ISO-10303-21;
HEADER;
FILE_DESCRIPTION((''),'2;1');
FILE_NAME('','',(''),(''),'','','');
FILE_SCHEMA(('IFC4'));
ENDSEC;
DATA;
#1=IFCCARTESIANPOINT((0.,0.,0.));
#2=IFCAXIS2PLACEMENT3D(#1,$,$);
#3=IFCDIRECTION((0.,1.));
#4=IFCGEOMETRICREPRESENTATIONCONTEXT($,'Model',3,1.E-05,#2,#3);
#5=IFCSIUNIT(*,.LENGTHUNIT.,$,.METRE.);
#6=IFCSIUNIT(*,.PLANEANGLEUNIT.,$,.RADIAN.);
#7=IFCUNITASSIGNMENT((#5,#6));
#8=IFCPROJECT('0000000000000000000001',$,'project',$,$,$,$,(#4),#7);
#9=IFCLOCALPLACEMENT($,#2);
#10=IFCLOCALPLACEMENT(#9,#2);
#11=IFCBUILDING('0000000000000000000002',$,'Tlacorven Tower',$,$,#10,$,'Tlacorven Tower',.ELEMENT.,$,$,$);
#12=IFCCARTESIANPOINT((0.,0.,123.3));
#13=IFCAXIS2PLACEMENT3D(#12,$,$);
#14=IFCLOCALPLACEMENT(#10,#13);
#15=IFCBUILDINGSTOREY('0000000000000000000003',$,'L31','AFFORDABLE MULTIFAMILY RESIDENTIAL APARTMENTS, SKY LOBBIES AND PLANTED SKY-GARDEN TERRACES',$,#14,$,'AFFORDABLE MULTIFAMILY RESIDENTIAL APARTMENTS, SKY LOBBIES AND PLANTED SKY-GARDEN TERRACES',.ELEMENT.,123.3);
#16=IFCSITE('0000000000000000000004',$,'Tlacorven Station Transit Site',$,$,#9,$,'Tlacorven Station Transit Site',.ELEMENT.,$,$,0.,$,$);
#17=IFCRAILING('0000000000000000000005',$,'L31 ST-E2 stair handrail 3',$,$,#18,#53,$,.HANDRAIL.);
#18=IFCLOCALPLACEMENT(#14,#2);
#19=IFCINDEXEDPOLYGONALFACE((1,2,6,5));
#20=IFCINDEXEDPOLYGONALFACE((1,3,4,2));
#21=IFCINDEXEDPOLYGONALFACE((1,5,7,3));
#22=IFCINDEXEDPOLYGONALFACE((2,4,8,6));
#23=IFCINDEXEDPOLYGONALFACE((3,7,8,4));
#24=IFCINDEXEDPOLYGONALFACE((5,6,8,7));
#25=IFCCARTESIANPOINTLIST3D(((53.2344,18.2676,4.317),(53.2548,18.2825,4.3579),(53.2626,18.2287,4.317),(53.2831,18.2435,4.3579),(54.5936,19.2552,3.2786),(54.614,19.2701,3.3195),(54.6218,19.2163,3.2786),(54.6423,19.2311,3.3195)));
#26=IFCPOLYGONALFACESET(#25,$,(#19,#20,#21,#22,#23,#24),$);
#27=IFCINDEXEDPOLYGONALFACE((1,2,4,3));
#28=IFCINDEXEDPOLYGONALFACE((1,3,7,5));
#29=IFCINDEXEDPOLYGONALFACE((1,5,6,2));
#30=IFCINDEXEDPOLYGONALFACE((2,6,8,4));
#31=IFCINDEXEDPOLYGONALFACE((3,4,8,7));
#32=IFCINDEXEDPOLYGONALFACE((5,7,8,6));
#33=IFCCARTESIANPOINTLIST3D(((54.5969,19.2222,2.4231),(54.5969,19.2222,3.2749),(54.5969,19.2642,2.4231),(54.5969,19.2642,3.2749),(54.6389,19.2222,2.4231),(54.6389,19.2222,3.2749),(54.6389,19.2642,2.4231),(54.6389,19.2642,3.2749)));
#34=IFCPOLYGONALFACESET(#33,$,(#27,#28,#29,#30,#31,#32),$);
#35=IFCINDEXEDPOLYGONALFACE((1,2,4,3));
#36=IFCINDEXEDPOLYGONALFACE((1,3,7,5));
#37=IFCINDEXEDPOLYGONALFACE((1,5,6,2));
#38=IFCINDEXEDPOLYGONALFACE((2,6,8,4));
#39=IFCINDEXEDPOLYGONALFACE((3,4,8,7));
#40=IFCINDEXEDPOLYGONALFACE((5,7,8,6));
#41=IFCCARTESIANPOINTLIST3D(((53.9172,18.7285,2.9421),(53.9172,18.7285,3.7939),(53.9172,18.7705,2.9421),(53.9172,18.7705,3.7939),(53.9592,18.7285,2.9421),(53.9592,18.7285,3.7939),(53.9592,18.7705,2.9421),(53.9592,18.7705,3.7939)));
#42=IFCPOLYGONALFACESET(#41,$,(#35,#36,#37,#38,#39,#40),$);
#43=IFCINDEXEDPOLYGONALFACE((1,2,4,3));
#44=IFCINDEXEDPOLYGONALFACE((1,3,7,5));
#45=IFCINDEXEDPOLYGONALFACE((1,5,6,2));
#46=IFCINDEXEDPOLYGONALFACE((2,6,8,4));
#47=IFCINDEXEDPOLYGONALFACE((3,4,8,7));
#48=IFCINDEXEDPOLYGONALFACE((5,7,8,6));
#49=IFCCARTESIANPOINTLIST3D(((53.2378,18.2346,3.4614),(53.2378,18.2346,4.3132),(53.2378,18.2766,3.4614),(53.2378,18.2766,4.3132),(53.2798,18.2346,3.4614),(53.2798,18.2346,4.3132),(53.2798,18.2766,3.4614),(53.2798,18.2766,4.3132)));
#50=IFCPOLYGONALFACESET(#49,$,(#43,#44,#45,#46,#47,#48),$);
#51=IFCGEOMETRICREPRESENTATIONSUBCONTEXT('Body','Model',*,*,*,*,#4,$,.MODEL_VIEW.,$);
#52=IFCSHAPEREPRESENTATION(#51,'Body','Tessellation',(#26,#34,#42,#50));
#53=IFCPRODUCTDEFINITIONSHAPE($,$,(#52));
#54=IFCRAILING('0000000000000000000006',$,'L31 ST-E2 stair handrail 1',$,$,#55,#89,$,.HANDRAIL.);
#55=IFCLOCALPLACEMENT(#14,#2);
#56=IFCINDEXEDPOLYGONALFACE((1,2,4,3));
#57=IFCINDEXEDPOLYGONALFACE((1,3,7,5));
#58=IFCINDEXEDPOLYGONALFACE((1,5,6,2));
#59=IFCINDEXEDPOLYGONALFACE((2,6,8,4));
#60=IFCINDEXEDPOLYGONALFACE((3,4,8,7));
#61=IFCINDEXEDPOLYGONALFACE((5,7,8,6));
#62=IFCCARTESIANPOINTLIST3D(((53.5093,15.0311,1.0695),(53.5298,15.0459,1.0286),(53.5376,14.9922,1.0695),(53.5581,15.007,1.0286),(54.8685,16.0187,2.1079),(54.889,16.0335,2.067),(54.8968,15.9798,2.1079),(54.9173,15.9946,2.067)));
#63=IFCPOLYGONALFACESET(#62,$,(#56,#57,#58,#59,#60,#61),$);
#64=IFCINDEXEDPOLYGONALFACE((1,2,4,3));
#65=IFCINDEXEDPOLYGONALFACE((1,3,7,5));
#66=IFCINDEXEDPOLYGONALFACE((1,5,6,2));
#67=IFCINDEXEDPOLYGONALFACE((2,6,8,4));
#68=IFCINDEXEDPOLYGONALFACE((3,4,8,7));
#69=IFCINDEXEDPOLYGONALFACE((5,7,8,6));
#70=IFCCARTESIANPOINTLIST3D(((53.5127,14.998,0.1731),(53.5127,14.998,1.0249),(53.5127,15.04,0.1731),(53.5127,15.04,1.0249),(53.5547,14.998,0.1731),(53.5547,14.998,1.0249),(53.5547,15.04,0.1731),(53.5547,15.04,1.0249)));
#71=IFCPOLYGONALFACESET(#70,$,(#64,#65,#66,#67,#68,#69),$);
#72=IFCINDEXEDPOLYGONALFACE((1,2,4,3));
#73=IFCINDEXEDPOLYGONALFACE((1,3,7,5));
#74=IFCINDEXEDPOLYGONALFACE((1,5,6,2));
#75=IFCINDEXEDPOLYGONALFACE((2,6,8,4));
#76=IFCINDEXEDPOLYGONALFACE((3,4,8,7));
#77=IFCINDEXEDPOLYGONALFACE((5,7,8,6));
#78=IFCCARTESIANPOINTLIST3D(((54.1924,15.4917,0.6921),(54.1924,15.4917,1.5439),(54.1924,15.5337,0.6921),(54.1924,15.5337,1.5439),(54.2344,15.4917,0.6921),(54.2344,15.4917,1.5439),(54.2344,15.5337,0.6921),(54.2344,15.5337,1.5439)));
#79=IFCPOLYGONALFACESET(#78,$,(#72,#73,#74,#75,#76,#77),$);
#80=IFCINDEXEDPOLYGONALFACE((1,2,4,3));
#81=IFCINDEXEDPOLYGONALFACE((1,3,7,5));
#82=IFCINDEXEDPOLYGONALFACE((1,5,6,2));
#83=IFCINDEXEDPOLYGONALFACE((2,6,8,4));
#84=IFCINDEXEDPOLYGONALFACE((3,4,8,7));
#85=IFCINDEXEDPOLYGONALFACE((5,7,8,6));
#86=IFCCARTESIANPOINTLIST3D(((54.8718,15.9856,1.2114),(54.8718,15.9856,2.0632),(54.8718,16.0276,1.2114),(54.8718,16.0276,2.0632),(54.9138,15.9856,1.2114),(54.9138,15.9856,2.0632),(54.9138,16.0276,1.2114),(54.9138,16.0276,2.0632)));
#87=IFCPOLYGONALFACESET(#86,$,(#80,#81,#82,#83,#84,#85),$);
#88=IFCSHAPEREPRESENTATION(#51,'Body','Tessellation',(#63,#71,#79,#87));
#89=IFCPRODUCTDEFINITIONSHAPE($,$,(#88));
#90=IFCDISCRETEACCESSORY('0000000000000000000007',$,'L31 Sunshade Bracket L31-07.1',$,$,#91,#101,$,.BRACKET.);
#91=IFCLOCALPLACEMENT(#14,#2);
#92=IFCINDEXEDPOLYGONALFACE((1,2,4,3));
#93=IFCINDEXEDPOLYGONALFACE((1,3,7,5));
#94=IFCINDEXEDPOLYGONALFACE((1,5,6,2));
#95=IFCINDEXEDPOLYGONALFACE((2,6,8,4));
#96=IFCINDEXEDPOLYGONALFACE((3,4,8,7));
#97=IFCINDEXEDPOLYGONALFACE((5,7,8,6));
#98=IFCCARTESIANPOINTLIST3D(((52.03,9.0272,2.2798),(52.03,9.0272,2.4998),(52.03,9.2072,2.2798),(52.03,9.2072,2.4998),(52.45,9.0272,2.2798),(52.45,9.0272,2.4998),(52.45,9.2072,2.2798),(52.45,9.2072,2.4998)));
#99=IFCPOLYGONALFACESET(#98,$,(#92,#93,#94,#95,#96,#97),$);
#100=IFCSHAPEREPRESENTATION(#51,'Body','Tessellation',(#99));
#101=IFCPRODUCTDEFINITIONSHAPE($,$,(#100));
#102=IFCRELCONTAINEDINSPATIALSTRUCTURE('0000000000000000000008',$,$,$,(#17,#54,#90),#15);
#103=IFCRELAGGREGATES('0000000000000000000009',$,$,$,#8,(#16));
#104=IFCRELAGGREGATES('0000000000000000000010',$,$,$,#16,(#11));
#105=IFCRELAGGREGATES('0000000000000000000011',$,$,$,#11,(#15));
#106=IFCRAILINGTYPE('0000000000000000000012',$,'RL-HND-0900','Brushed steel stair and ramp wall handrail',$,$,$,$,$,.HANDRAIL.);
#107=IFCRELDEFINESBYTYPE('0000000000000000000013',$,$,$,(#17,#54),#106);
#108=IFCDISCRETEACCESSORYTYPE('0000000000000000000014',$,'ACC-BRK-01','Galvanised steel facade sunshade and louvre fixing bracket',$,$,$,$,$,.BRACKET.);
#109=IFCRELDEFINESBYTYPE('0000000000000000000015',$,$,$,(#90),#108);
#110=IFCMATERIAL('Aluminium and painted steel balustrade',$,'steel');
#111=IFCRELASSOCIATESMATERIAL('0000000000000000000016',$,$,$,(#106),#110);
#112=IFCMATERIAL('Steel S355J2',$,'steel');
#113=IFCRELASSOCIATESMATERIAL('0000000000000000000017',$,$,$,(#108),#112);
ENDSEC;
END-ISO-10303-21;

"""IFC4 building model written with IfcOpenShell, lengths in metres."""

from ifc_helpers import new_model, si_unit, direction, frame, origin, origin_2d, place, context, subcontext, project, spatial, rectangle, extrude, source, transform, mapped, material, type_object, element, save


model = new_model("IFC4")

# Units and contexts
model_context = context("Model", 3, precision=1e-05, world=origin(), true_north=direction((0.0, 1.0)))
body_context = subcontext(model_context, "Body", "Model", "MODEL_VIEW")
ifc_project = project(units=[si_unit("LENGTHUNIT", "METRE"), si_unit("PLANEANGLEUNIT", "RADIAN")], contexts=[model_context])

# Site, building, storey
site_placement = place(None, origin())
site = spatial("IfcSite", under=ifc_project, at=site_placement, Name="Tlacorven Station Transit Site", LongName="Tlacorven Station Transit Site", CompositionType="ELEMENT", RefElevation=0.0)
building_placement = place(site_placement, origin())
building = spatial("IfcBuilding", under=site, at=building_placement, Name="Tlacorven Tower", LongName="Tlacorven Tower", CompositionType="ELEMENT")
storey_placement = place(building_placement, frame((0.0, 0.0, 123.3)))
storey = spatial("IfcBuildingStorey", under=building, at=storey_placement, Name="L31", Description="AFFORDABLE MULTIFAMILY RESIDENTIAL APARTMENTS, SKY LOBBIES AND PLANTED SKY-GARDEN TERRACES", LongName="AFFORDABLE MULTIFAMILY RESIDENTIAL APARTMENTS, SKY LOBBIES AND PLANTED SKY-GARDEN TERRACES", CompositionType="ELEMENT", Elevation=123.3)

# Railings
ifc_material_1 = material(Name="Aluminium and painted steel balustrade", Category="steel")
railing_type_1 = type_object("IfcRailingType", Name="RL-HND-0900", Description="Brushed steel stair and ramp wall handrail", PredefinedType="HANDRAIL", material=ifc_material_1)
shared_shape_1 = source(origin(), body_context, "Body", "SweptSolid", [
    extrude(rectangle(XDim=0.0481, YDim=0.0481, at=origin_2d()), frame((0.0, 0.0, 0.876), z_axis=(-0.688168, -0.500025, 0.525737), x_axis=(0.587817, -0.808994, 0.0)), (0.0, 0.0, 1.0), 1.9751),
    extrude(rectangle(XDim=0.042, YDim=0.042, at=origin_2d()), origin(), (0.0, 0.0, 1.0), 0.8518),
    extrude(rectangle(XDim=0.042, YDim=0.042, at=origin_2d()), frame((-0.6797, -0.4937, 0.519)), (0.0, 0.0, 1.0), 0.8518),
    extrude(rectangle(XDim=0.042, YDim=0.042, at=origin_2d()), frame((-1.3591, -0.9875, 1.0383)), (0.0, 0.0, 1.0), 0.8518),
])
railing_1_placement = place(storey_placement, frame((54.6179, 19.2432, 2.4231)))
element("IfcRailing", 1, at=railing_1_placement, inside=storey, type_object=railing_type_1, Name="L31 ST-E2 stair handrail 3", PredefinedType="HANDRAIL", context=body_context, shape_type="MappedRepresentation", body=[
    mapped(shared_shape_1, transform((0.0, 0.0, 0.0), scale=1.0)),
])
shared_shape_2 = source(origin(), body_context, "Body", "SweptSolid", [
    extrude(rectangle(XDim=0.0481, YDim=0.0481, at=origin_2d()), frame((0.0, 0.0, 0.876), z_axis=(0.688168, 0.500025, 0.525737), x_axis=(-0.587817, 0.808994, 0.0)), (0.0, 0.0, 1.0), 1.9751),
    extrude(rectangle(XDim=0.042, YDim=0.042, at=origin_2d()), origin(), (0.0, 0.0, 1.0), 0.8518),
    extrude(rectangle(XDim=0.042, YDim=0.042, at=origin_2d()), frame((0.6797, 0.4937, 0.519)), (0.0, 0.0, 1.0), 0.8518),
    extrude(rectangle(XDim=0.042, YDim=0.042, at=origin_2d()), frame((1.3591, 0.9875, 1.0383)), (0.0, 0.0, 1.0), 0.8518),
])
railing_2_placement = place(storey_placement, frame((53.5337, 15.019, 0.1731)))
element("IfcRailing", 2, at=railing_2_placement, inside=storey, type_object=railing_type_1, Name="L31 ST-E2 stair handrail 1", PredefinedType="HANDRAIL", context=body_context, shape_type="MappedRepresentation", body=[
    mapped(shared_shape_2, transform((0.0, 0.0, 0.0), scale=1.0)),
])

# Discrete accessory
ifc_material_2 = material(Name="Steel S355J2", Category="steel")
discrete_accessory_type = type_object("IfcDiscreteAccessoryType", Name="ACC-BRK-01", Description="Galvanised steel facade sunshade and louvre fixing bracket", PredefinedType="BRACKET", material=ifc_material_2)
shared_shape_3 = source(origin(), body_context, "Body", "SweptSolid", [
    extrude(rectangle(XDim=0.1799, YDim=0.4199, at=origin_2d()), origin(), (0.0, 0.0, 1.0), 0.22),
])
discrete_accessory_placement = place(storey_placement, frame((52.24, 9.1172, 2.2798), z_axis=(0.0, 0.0, 1.0), x_axis=(0.0, -1.0, 0.0)))
element("IfcDiscreteAccessory", 3, at=discrete_accessory_placement, inside=storey, type_object=discrete_accessory_type, Name="L31 Sunshade Bracket L31-07.1", PredefinedType="BRACKET", context=body_context, shape_type="MappedRepresentation", body=[
    mapped(shared_shape_3, transform((0.0, 0.0, 0.0), scale=1.0)),
])

save(model, "model.ifc")
